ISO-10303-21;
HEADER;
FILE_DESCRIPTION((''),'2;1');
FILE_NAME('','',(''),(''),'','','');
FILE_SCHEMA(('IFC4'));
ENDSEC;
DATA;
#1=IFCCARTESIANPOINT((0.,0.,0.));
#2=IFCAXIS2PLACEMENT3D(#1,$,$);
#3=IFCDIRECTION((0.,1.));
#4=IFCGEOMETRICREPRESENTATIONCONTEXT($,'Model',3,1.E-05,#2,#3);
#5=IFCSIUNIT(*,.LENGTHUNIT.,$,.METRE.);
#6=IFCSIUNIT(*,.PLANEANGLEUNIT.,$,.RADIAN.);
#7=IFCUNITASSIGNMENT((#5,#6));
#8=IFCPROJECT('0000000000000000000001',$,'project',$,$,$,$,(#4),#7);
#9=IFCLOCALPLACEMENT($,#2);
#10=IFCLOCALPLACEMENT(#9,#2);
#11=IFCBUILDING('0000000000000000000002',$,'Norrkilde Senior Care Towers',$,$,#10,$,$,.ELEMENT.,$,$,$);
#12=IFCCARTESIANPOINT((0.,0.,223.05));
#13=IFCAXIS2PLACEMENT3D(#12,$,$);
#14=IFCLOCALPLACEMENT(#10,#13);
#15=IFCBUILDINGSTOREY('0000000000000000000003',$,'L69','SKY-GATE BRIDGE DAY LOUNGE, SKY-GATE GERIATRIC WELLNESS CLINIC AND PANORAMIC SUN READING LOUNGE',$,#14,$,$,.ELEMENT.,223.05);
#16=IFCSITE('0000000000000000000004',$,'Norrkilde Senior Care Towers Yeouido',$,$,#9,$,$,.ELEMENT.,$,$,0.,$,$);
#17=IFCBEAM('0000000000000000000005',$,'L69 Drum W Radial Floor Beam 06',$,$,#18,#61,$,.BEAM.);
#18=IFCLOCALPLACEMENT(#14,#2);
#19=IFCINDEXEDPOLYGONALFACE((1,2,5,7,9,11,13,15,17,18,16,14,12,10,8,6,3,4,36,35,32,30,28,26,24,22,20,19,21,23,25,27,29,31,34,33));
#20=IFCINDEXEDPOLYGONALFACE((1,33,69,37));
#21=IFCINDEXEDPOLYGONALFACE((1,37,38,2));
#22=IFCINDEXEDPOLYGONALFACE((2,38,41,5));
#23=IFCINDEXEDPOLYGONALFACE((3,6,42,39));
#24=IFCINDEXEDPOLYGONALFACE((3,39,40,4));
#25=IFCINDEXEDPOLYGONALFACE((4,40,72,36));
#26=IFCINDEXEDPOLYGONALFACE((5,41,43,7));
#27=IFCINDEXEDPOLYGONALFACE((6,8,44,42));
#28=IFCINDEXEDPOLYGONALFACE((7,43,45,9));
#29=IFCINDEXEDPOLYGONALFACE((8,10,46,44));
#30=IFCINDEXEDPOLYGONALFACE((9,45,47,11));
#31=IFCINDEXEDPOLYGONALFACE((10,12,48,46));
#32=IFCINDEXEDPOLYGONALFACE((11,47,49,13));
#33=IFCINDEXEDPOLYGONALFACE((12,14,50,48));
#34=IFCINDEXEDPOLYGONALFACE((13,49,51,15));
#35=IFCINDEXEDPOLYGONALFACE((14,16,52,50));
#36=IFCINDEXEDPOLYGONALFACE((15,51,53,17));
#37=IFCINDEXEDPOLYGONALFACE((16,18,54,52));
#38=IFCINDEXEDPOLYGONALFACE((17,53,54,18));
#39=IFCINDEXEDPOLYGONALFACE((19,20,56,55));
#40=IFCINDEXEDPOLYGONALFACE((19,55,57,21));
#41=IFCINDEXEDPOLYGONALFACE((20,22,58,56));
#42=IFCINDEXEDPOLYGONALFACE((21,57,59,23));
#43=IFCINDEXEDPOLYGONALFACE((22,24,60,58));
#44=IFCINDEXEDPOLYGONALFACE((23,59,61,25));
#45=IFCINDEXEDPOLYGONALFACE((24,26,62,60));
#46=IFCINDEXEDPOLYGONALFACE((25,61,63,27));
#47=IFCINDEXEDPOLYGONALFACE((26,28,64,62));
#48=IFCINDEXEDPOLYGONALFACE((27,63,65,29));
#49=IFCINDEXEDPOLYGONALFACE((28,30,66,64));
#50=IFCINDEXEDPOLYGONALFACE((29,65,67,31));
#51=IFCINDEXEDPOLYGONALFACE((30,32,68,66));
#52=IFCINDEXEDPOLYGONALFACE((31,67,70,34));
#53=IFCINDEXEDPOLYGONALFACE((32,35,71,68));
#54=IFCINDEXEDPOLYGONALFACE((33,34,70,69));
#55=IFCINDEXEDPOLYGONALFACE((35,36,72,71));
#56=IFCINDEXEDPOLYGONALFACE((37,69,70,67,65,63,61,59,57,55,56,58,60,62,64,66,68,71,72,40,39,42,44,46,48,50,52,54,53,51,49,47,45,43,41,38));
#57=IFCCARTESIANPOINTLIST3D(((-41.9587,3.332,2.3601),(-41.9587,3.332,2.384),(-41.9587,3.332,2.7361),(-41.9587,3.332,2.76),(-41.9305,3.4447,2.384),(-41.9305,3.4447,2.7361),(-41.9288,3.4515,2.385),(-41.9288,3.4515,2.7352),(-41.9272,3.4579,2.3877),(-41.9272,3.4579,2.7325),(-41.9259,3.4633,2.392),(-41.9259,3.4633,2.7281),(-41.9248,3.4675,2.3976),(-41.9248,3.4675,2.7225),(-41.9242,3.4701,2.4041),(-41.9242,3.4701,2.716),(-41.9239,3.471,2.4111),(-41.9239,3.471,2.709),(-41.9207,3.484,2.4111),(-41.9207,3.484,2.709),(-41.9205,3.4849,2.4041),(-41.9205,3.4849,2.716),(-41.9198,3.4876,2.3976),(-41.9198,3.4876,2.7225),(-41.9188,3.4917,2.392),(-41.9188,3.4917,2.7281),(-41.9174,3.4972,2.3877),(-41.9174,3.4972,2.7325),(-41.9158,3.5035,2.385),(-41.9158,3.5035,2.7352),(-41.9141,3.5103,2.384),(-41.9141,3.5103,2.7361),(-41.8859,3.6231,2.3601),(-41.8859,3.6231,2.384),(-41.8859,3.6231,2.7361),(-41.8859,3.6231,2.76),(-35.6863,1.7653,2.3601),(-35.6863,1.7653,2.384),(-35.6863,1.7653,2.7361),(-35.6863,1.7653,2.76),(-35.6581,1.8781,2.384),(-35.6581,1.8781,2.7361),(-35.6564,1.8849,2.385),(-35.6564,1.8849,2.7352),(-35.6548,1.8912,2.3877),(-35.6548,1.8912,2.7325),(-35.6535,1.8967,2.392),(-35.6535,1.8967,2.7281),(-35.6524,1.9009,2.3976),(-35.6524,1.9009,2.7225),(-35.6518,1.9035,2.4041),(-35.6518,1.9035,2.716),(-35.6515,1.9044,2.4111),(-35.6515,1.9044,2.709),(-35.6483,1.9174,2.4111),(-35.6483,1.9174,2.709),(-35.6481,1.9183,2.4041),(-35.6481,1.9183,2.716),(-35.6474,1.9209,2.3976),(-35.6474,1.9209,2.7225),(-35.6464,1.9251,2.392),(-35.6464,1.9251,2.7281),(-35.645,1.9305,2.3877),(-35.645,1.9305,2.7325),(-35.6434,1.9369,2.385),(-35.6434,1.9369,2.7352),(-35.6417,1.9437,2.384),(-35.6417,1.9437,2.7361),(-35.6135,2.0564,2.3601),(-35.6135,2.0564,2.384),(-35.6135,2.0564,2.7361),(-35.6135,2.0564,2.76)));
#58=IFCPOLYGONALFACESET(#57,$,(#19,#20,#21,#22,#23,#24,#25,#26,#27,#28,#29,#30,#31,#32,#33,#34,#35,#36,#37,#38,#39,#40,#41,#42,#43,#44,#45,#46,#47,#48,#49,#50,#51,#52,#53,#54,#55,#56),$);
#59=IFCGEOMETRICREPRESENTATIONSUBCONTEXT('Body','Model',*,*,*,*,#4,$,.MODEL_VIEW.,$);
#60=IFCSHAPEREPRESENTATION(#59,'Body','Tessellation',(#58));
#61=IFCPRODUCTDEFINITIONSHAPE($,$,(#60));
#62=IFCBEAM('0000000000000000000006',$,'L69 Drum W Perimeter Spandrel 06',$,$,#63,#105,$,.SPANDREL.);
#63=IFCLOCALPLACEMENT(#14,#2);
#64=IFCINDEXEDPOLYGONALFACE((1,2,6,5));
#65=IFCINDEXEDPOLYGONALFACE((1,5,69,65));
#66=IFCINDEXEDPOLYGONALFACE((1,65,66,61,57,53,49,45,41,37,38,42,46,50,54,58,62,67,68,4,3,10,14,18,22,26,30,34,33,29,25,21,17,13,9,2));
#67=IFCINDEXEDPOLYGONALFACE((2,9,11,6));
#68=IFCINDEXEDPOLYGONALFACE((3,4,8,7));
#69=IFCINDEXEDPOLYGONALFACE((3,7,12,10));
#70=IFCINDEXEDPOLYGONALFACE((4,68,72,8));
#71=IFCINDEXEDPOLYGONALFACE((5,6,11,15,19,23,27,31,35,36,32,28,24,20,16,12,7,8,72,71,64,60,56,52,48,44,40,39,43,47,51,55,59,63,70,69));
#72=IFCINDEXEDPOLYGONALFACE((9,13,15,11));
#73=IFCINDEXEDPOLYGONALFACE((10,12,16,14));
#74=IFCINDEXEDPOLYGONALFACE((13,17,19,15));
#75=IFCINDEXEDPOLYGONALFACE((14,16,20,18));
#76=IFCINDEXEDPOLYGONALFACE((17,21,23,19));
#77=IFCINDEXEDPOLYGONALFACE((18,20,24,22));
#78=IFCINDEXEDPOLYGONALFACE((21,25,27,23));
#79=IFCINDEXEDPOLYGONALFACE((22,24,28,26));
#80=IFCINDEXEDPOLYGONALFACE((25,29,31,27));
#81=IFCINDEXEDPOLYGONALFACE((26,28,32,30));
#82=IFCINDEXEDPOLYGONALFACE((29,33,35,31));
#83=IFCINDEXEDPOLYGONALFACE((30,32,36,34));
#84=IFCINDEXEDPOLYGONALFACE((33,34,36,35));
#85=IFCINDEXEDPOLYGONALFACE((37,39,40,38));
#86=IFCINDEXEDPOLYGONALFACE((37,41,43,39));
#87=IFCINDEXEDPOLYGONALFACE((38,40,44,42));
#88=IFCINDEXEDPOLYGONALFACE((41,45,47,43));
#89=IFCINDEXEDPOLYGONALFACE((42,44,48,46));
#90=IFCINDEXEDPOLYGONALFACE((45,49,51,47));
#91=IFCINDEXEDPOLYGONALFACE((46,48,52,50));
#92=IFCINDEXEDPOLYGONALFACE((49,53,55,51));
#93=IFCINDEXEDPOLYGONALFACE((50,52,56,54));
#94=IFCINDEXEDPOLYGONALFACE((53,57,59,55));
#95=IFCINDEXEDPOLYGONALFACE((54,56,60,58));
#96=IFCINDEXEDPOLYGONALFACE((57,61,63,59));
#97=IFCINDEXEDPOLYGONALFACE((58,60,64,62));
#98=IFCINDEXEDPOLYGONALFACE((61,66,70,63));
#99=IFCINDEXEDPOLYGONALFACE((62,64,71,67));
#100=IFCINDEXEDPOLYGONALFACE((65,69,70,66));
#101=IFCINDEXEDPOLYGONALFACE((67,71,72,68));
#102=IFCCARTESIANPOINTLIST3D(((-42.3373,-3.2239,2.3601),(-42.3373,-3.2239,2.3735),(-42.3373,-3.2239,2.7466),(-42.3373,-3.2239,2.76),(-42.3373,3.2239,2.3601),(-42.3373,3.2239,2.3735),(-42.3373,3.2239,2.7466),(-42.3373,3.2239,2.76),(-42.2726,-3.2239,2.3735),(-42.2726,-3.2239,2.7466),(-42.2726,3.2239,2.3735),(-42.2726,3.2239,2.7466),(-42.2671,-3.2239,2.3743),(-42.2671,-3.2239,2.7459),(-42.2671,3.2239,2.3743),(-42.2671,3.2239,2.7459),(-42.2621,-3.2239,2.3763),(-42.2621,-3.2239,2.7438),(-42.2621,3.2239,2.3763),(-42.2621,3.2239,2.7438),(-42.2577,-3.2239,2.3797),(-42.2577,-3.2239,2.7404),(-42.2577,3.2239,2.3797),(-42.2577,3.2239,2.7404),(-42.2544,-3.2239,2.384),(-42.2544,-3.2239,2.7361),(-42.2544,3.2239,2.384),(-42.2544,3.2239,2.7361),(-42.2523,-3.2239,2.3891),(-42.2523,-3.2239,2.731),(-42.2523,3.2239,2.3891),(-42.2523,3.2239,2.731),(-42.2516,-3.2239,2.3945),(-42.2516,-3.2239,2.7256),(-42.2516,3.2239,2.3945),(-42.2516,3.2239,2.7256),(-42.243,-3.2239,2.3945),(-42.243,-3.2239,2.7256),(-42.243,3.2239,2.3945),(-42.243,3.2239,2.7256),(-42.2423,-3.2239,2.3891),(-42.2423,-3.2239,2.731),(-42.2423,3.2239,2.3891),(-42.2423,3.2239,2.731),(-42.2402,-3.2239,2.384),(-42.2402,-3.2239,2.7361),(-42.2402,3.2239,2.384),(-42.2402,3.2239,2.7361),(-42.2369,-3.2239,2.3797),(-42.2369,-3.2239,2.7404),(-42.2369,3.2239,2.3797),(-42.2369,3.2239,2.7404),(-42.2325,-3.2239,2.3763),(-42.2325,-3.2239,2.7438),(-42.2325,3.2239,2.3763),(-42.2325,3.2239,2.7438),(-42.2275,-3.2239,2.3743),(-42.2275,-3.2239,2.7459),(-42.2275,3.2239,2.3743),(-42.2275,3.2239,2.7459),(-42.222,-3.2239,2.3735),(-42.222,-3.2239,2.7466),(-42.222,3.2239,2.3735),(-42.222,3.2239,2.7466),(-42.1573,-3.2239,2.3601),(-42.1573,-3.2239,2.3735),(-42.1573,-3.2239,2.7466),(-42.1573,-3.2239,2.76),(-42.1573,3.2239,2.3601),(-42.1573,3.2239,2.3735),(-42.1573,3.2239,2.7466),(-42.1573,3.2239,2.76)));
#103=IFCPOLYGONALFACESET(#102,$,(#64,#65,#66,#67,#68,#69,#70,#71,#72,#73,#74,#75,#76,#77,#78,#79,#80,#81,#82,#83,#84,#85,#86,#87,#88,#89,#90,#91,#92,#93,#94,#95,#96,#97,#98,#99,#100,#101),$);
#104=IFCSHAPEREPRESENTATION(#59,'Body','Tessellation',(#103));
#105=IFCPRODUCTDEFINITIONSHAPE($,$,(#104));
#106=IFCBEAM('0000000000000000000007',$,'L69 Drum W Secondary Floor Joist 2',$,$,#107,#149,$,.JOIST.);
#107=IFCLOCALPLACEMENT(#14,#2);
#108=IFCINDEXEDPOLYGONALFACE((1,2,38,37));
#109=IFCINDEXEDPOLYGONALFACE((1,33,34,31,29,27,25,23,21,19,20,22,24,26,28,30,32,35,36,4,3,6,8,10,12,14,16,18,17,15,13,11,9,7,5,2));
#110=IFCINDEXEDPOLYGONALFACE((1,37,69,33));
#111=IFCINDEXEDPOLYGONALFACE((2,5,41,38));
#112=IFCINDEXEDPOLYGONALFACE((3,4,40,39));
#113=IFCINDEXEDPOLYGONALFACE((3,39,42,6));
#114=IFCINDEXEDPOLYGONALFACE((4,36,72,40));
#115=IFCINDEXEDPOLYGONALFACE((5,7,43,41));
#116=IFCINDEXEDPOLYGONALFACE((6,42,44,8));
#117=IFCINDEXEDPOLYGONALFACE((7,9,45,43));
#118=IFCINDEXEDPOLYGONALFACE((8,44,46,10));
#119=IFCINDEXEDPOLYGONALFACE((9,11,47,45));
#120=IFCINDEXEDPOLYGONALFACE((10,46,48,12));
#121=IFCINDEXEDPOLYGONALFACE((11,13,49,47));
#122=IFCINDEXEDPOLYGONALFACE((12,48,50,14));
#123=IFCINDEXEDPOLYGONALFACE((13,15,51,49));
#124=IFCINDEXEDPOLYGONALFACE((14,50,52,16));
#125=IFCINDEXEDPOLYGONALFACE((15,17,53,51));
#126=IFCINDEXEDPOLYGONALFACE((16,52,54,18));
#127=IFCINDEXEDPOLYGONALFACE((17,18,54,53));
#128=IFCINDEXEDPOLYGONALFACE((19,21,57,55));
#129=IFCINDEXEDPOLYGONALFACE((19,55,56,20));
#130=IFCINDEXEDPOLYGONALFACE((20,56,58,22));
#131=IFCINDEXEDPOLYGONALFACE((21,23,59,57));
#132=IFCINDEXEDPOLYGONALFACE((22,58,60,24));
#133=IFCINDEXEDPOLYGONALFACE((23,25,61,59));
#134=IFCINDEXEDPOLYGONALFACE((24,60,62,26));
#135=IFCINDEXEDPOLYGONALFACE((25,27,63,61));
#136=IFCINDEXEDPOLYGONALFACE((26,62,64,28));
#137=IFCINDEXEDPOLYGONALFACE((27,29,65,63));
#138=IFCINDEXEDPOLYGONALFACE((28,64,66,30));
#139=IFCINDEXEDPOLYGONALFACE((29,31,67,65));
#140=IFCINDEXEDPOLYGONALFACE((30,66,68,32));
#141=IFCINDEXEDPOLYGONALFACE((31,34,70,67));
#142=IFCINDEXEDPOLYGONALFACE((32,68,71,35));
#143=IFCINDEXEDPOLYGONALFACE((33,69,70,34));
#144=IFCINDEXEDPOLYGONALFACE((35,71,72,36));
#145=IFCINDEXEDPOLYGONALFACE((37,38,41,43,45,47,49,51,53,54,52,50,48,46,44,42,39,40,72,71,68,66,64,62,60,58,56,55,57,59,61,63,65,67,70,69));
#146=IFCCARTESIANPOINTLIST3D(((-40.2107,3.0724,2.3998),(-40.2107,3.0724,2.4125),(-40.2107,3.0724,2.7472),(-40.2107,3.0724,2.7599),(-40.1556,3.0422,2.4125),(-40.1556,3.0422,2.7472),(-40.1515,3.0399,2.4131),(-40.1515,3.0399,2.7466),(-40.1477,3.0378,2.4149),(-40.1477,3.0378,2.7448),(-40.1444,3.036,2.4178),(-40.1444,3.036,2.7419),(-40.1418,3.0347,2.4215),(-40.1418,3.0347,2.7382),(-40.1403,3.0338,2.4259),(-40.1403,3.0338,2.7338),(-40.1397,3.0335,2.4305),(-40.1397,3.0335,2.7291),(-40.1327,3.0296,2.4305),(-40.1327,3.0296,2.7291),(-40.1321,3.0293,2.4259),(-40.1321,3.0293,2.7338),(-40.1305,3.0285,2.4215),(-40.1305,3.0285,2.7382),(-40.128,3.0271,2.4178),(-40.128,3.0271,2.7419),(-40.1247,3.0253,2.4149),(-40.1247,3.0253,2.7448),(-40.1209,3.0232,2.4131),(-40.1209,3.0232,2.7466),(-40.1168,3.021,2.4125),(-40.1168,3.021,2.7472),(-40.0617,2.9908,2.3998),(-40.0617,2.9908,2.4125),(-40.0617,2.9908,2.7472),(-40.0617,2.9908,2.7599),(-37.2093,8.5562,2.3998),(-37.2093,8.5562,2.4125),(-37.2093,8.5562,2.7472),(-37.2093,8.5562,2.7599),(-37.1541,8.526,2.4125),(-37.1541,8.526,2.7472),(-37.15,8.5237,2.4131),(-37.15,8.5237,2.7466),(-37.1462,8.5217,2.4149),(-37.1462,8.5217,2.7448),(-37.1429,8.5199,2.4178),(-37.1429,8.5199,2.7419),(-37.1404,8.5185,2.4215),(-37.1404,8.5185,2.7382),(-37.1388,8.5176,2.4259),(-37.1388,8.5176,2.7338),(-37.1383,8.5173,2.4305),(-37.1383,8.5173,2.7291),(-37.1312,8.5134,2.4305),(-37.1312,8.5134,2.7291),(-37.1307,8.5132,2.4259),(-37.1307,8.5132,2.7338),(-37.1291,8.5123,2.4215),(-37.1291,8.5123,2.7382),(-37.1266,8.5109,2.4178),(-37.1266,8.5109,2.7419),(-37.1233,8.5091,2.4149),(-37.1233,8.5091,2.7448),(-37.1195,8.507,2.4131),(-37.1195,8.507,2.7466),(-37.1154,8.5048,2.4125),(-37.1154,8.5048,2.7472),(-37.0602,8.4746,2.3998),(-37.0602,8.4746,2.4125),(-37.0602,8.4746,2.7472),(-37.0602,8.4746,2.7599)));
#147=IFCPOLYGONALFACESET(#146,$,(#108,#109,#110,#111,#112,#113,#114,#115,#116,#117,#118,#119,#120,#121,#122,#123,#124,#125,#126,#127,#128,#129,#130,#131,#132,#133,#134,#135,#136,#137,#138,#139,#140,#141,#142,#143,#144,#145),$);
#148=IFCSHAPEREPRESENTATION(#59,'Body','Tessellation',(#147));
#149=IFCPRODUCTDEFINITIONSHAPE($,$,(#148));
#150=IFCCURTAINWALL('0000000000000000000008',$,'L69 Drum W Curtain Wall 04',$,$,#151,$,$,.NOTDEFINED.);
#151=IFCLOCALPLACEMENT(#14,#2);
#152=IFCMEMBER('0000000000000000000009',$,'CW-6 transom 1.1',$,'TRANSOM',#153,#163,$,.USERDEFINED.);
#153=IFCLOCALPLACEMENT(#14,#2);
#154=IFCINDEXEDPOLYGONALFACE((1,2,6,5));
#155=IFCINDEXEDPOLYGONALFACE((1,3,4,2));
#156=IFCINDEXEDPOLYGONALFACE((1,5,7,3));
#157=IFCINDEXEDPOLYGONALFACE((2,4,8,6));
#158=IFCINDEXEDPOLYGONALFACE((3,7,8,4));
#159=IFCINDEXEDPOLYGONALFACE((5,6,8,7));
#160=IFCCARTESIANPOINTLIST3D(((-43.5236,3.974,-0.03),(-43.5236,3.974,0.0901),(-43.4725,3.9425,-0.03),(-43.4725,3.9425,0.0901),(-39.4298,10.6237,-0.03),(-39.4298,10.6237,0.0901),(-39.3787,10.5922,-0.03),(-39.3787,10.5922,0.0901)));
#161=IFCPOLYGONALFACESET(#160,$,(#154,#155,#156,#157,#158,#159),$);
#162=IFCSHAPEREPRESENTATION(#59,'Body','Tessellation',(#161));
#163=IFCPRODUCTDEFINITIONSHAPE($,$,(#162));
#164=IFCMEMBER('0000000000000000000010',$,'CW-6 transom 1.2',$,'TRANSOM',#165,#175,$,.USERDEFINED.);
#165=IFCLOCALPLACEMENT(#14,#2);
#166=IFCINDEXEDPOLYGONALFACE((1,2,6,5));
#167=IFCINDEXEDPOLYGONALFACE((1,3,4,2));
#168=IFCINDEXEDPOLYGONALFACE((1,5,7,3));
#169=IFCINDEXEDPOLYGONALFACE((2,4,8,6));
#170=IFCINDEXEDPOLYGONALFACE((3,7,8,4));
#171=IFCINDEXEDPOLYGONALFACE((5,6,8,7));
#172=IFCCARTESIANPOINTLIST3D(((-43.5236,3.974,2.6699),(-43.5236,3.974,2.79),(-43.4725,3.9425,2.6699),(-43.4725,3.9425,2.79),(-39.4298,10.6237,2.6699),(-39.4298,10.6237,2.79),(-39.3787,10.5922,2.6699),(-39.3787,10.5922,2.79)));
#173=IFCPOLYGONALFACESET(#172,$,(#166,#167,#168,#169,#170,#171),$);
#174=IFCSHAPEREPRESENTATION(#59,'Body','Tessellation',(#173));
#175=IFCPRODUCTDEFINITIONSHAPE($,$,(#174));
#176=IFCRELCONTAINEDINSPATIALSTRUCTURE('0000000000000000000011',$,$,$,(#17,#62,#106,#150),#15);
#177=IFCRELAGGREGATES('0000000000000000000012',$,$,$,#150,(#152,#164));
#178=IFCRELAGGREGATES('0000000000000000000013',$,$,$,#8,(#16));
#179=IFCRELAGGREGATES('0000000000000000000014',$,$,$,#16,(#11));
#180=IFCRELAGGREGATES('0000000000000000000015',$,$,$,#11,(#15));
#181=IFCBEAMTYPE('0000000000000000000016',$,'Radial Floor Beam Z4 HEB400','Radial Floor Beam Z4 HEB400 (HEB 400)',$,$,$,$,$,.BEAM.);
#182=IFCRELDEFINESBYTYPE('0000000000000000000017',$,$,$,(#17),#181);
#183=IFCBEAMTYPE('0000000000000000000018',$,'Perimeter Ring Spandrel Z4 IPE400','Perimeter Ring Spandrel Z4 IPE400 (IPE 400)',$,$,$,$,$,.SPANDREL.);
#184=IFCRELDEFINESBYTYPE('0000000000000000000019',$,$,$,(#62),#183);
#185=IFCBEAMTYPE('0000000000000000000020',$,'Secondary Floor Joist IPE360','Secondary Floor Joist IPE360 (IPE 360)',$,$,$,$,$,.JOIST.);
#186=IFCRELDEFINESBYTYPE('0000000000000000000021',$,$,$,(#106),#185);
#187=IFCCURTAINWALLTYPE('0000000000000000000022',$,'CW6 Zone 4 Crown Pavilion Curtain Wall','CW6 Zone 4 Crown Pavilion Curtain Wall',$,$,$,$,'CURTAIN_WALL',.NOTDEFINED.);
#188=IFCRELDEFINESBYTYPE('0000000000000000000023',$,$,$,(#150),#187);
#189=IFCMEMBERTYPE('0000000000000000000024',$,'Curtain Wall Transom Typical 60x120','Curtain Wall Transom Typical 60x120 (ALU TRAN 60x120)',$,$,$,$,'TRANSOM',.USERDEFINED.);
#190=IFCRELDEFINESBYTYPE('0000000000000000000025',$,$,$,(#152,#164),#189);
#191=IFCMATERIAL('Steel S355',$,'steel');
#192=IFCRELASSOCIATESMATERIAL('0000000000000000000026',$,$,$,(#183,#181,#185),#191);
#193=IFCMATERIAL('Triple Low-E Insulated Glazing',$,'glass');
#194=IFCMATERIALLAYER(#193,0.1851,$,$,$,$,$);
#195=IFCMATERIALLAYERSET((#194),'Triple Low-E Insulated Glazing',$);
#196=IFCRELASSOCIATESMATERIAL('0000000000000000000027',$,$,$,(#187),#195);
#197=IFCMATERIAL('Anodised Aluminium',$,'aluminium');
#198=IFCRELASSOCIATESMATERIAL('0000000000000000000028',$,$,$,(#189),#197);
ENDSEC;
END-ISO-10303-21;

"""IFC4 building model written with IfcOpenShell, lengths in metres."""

from ifc_helpers import new_model, si_unit, direction, frame, origin, origin_2d, place, context, subcontext, project, spatial, rectangle, i_section, extrude, source, transform, mapped, material, layer, layer_set, material_profile, profile_set, type_object, type_shapes, element, aggregate, save


model = new_model("IFC4")

# Units and contexts
model_context = context("Model", 3, precision=1e-05, world=origin(), true_north=direction((0.0, 1.0)))
body_context = subcontext(model_context, "Body", "Model", "MODEL_VIEW")
ifc_project = project(units=[si_unit("LENGTHUNIT", "METRE"), si_unit("PLANEANGLEUNIT", "RADIAN")], contexts=[model_context])

# Site, building, storey
site_placement = place(None, origin())
site = spatial("IfcSite", under=ifc_project, at=site_placement, Name="Norrkilde Senior Care Towers Yeouido", CompositionType="ELEMENT", RefElevation=0.0)
building_placement = place(site_placement, origin())
building = spatial("IfcBuilding", under=site, at=building_placement, Name="Norrkilde Senior Care Towers", CompositionType="ELEMENT")
storey_placement = place(building_placement, frame((0.0, 0.0, 223.05)))
storey = spatial("IfcBuildingStorey", under=building, at=storey_placement, Name="L69", Description="SKY-GATE BRIDGE DAY LOUNGE, SKY-GATE GERIATRIC WELLNESS CLINIC AND PANORAMIC SUN READING LOUNGE", CompositionType="ELEMENT", Elevation=223.05)

# Beams
ifc_material_1 = material(Name="Steel S355", Category="steel")
ifc_material_profile_1 = material_profile(ifc_material_1, i_section(OverallWidth=0.1799, OverallDepth=0.3999, WebThickness=0.0085, FlangeThickness=0.0134, FilletRadius=0.021, at=origin_2d()), Name="IPE 400")
ifc_profile_set_1 = profile_set([ifc_material_profile_1], Name="Steel S355")
beam_type_1 = type_object("IfcBeamType", Name="Perimeter Ring Spandrel Z4 IPE400", Description="Perimeter Ring Spandrel Z4 IPE400 (IPE 400)", PredefinedType="SPANDREL", material=ifc_profile_set_1)
ifc_material_profile_2 = material_profile(ifc_material_1, i_section(OverallWidth=0.3, OverallDepth=0.3999, WebThickness=0.0134, FlangeThickness=0.0239, FilletRadius=0.0271, at=origin_2d()), Name="HEB 400")
ifc_profile_set_2 = profile_set([ifc_material_profile_2], Name="Steel S355")
beam_type_2 = type_object("IfcBeamType", Name="Radial Floor Beam Z4 HEB400", Description="Radial Floor Beam Z4 HEB400 (HEB 400)", PredefinedType="BEAM", material=ifc_profile_set_2)
shared_shape_1 = source(origin(), body_context, "Body", "SweptSolid", [
    extrude(i_section(OverallWidth=0.3, OverallDepth=0.3999, WebThickness=0.0134, FlangeThickness=0.0239, FilletRadius=0.0271, at=origin_2d()), origin(), (0.0, 0.0, 1.0), 6.4651),
])
type_shapes(beam_type_2, [shared_shape_1])
beam_1_placement = place(storey_placement, frame((-35.6499, 1.9109, 2.5601), z_axis=(-0.970196, 0.242322, 0.0), x_axis=(-0.242322, -0.970196, 0.0)))
element("IfcBeam", 1, at=beam_1_placement, inside=storey, type_object=beam_type_2, Name="L69 Drum W Radial Floor Beam 06", PredefinedType="BEAM", context=body_context, shape_type="MappedRepresentation", body=[
    mapped(shared_shape_1, transform((0.0, 0.0, 0.0), x_axis=(1.0, 0.0, 0.0), y_axis=(0.0, 1.0, 0.0), z_axis=(0.0, 0.0, 1.0), scale=1.0)),
])
shared_shape_2 = source(origin(), body_context, "Body", "SweptSolid", [
    extrude(i_section(OverallWidth=0.1799, OverallDepth=0.3999, WebThickness=0.0085, FlangeThickness=0.0134, FilletRadius=0.021, at=origin_2d()), origin(), (0.0, 0.0, 1.0), 6.4478),
])
beam_2_placement = place(storey_placement, frame((-42.2473, 3.2239, 2.5601), z_axis=(0.0, -1.0, 0.0), x_axis=(1.0, 0.0, 0.0)))
element("IfcBeam", 2, at=beam_2_placement, inside=storey, type_object=beam_type_1, Name="L69 Drum W Perimeter Spandrel 06", PredefinedType="SPANDREL", context=body_context, shape_type="MappedRepresentation", body=[
    mapped(shared_shape_2, transform((0.0, 0.0, 0.0), x_axis=(1.0, 0.0, 0.0), y_axis=(0.0, 1.0, 0.0), z_axis=(0.0, 0.0, 1.0), scale=1.0)),
])
ifc_material_profile_3 = material_profile(ifc_material_1, i_section(OverallWidth=0.1699, OverallDepth=0.3601, WebThickness=0.0081, FlangeThickness=0.0127, FilletRadius=0.0181, at=origin_2d()), Name="IPE 360")
ifc_profile_set_3 = profile_set([ifc_material_profile_3], Name="Steel S355")
beam_type_3 = type_object("IfcBeamType", Name="Secondary Floor Joist IPE360", Description="Secondary Floor Joist IPE360 (IPE 360)", PredefinedType="JOIST", material=ifc_profile_set_3)
shared_shape_3 = source(origin(), body_context, "Body", "SweptSolid", [
    extrude(i_section(OverallWidth=0.1699, OverallDepth=0.3601, WebThickness=0.0081, FlangeThickness=0.0127, FilletRadius=0.0181, at=origin_2d()), origin(), (0.0, 0.0, 1.0), 6.2515),
])
type_shapes(beam_type_3, [shared_shape_3])
beam_3_placement = place(storey_placement, frame((-37.1348, 8.5154, 2.5798), z_axis=(-0.480116, -0.877205, 0.0), x_axis=(0.877205, -0.480116, 0.0)))
element("IfcBeam", 3, at=beam_3_placement, inside=storey, type_object=beam_type_3, Name="L69 Drum W Secondary Floor Joist 2", PredefinedType="JOIST", context=body_context, shape_type="MappedRepresentation", body=[
    mapped(shared_shape_3, transform((0.0, 0.0, 0.0), x_axis=(1.0, 0.0, 0.0), y_axis=(0.0, 1.0, 0.0), z_axis=(0.0, 0.0, 1.0), scale=1.0)),
])

# Curtain wall, members
ifc_material_2 = material(Name="Triple Low-E Insulated Glazing", Category="glass")
ifc_layer_1 = layer(ifc_material_2, 0.1851)
ifc_layer_set_1 = layer_set([ifc_layer_1], Name="Triple Low-E Insulated Glazing")
curtain_wall_type = type_object("IfcCurtainWallType", Name="CW6 Zone 4 Crown Pavilion Curtain Wall", Description="CW6 Zone 4 Crown Pavilion Curtain Wall", ElementType="CURTAIN_WALL", PredefinedType="NOTDEFINED", material=ifc_layer_set_1)
curtain_wall_1_placement = place(storey_placement, origin())
curtain_wall_1 = element("IfcCurtainWall", 4, at=curtain_wall_1_placement, inside=storey, type_object=curtain_wall_type, Name="L69 Drum W Curtain Wall 04", PredefinedType="NOTDEFINED")
ifc_material_3 = material(Name="Anodised Aluminium", Category="aluminium")
ifc_material_profile_4 = material_profile(ifc_material_3, rectangle(XDim=0.0601, YDim=0.1201, at=origin_2d()), Name="ALU TRAN 60x120")
ifc_profile_set_4 = profile_set([ifc_material_profile_4], Name="Anodised Aluminium")
member_type_1 = type_object("IfcMemberType", Name="Curtain Wall Transom Typical 60x120", Description="Curtain Wall Transom Typical 60x120 (ALU TRAN 60x120)", ElementType="TRANSOM", PredefinedType="USERDEFINED", material=ifc_profile_set_4)
shared_shape_4 = source(origin(), body_context, "Body", "SweptSolid", [
    extrude(rectangle(XDim=0.0601, YDim=0.1201, at=origin_2d()), origin(), (0.0, 0.0, 1.0), 7.8088),
])
member_1_placement = place(storey_placement, frame((-43.498, 3.9583, 0.03), z_axis=(0.524251, 0.851564, 0.0), x_axis=(-0.851564, 0.524251, 0.0)))
member_1 = element("IfcMember", 5, at=member_1_placement, type_object=member_type_1, Name="CW-6 transom 1.1", ObjectType="TRANSOM", PredefinedType="USERDEFINED", context=body_context, shape_type="MappedRepresentation", body=[
    mapped(shared_shape_4, transform((0.0, 0.0, 0.0), x_axis=(1.0, 0.0, 0.0), y_axis=(0.0, 1.0, 0.0), z_axis=(0.0, 0.0, 1.0), scale=1.0)),
])
member_2_placement = place(storey_placement, frame((-43.498, 3.9583, 2.73), z_axis=(0.524251, 0.851564, 0.0), x_axis=(-0.851564, 0.524251, 0.0)))
member_2 = element("IfcMember", 6, at=member_2_placement, type_object=member_type_1, Name="CW-6 transom 1.2", ObjectType="TRANSOM", PredefinedType="USERDEFINED", context=body_context, shape_type="MappedRepresentation", body=[
    mapped(shared_shape_4, transform((0.0, 0.0, 0.0), x_axis=(1.0, 0.0, 0.0), y_axis=(0.0, 1.0, 0.0), z_axis=(0.0, 0.0, 1.0), scale=1.0)),
])

aggregate(curtain_wall_1, [member_1, member_2])

save(model, "model.ifc")
